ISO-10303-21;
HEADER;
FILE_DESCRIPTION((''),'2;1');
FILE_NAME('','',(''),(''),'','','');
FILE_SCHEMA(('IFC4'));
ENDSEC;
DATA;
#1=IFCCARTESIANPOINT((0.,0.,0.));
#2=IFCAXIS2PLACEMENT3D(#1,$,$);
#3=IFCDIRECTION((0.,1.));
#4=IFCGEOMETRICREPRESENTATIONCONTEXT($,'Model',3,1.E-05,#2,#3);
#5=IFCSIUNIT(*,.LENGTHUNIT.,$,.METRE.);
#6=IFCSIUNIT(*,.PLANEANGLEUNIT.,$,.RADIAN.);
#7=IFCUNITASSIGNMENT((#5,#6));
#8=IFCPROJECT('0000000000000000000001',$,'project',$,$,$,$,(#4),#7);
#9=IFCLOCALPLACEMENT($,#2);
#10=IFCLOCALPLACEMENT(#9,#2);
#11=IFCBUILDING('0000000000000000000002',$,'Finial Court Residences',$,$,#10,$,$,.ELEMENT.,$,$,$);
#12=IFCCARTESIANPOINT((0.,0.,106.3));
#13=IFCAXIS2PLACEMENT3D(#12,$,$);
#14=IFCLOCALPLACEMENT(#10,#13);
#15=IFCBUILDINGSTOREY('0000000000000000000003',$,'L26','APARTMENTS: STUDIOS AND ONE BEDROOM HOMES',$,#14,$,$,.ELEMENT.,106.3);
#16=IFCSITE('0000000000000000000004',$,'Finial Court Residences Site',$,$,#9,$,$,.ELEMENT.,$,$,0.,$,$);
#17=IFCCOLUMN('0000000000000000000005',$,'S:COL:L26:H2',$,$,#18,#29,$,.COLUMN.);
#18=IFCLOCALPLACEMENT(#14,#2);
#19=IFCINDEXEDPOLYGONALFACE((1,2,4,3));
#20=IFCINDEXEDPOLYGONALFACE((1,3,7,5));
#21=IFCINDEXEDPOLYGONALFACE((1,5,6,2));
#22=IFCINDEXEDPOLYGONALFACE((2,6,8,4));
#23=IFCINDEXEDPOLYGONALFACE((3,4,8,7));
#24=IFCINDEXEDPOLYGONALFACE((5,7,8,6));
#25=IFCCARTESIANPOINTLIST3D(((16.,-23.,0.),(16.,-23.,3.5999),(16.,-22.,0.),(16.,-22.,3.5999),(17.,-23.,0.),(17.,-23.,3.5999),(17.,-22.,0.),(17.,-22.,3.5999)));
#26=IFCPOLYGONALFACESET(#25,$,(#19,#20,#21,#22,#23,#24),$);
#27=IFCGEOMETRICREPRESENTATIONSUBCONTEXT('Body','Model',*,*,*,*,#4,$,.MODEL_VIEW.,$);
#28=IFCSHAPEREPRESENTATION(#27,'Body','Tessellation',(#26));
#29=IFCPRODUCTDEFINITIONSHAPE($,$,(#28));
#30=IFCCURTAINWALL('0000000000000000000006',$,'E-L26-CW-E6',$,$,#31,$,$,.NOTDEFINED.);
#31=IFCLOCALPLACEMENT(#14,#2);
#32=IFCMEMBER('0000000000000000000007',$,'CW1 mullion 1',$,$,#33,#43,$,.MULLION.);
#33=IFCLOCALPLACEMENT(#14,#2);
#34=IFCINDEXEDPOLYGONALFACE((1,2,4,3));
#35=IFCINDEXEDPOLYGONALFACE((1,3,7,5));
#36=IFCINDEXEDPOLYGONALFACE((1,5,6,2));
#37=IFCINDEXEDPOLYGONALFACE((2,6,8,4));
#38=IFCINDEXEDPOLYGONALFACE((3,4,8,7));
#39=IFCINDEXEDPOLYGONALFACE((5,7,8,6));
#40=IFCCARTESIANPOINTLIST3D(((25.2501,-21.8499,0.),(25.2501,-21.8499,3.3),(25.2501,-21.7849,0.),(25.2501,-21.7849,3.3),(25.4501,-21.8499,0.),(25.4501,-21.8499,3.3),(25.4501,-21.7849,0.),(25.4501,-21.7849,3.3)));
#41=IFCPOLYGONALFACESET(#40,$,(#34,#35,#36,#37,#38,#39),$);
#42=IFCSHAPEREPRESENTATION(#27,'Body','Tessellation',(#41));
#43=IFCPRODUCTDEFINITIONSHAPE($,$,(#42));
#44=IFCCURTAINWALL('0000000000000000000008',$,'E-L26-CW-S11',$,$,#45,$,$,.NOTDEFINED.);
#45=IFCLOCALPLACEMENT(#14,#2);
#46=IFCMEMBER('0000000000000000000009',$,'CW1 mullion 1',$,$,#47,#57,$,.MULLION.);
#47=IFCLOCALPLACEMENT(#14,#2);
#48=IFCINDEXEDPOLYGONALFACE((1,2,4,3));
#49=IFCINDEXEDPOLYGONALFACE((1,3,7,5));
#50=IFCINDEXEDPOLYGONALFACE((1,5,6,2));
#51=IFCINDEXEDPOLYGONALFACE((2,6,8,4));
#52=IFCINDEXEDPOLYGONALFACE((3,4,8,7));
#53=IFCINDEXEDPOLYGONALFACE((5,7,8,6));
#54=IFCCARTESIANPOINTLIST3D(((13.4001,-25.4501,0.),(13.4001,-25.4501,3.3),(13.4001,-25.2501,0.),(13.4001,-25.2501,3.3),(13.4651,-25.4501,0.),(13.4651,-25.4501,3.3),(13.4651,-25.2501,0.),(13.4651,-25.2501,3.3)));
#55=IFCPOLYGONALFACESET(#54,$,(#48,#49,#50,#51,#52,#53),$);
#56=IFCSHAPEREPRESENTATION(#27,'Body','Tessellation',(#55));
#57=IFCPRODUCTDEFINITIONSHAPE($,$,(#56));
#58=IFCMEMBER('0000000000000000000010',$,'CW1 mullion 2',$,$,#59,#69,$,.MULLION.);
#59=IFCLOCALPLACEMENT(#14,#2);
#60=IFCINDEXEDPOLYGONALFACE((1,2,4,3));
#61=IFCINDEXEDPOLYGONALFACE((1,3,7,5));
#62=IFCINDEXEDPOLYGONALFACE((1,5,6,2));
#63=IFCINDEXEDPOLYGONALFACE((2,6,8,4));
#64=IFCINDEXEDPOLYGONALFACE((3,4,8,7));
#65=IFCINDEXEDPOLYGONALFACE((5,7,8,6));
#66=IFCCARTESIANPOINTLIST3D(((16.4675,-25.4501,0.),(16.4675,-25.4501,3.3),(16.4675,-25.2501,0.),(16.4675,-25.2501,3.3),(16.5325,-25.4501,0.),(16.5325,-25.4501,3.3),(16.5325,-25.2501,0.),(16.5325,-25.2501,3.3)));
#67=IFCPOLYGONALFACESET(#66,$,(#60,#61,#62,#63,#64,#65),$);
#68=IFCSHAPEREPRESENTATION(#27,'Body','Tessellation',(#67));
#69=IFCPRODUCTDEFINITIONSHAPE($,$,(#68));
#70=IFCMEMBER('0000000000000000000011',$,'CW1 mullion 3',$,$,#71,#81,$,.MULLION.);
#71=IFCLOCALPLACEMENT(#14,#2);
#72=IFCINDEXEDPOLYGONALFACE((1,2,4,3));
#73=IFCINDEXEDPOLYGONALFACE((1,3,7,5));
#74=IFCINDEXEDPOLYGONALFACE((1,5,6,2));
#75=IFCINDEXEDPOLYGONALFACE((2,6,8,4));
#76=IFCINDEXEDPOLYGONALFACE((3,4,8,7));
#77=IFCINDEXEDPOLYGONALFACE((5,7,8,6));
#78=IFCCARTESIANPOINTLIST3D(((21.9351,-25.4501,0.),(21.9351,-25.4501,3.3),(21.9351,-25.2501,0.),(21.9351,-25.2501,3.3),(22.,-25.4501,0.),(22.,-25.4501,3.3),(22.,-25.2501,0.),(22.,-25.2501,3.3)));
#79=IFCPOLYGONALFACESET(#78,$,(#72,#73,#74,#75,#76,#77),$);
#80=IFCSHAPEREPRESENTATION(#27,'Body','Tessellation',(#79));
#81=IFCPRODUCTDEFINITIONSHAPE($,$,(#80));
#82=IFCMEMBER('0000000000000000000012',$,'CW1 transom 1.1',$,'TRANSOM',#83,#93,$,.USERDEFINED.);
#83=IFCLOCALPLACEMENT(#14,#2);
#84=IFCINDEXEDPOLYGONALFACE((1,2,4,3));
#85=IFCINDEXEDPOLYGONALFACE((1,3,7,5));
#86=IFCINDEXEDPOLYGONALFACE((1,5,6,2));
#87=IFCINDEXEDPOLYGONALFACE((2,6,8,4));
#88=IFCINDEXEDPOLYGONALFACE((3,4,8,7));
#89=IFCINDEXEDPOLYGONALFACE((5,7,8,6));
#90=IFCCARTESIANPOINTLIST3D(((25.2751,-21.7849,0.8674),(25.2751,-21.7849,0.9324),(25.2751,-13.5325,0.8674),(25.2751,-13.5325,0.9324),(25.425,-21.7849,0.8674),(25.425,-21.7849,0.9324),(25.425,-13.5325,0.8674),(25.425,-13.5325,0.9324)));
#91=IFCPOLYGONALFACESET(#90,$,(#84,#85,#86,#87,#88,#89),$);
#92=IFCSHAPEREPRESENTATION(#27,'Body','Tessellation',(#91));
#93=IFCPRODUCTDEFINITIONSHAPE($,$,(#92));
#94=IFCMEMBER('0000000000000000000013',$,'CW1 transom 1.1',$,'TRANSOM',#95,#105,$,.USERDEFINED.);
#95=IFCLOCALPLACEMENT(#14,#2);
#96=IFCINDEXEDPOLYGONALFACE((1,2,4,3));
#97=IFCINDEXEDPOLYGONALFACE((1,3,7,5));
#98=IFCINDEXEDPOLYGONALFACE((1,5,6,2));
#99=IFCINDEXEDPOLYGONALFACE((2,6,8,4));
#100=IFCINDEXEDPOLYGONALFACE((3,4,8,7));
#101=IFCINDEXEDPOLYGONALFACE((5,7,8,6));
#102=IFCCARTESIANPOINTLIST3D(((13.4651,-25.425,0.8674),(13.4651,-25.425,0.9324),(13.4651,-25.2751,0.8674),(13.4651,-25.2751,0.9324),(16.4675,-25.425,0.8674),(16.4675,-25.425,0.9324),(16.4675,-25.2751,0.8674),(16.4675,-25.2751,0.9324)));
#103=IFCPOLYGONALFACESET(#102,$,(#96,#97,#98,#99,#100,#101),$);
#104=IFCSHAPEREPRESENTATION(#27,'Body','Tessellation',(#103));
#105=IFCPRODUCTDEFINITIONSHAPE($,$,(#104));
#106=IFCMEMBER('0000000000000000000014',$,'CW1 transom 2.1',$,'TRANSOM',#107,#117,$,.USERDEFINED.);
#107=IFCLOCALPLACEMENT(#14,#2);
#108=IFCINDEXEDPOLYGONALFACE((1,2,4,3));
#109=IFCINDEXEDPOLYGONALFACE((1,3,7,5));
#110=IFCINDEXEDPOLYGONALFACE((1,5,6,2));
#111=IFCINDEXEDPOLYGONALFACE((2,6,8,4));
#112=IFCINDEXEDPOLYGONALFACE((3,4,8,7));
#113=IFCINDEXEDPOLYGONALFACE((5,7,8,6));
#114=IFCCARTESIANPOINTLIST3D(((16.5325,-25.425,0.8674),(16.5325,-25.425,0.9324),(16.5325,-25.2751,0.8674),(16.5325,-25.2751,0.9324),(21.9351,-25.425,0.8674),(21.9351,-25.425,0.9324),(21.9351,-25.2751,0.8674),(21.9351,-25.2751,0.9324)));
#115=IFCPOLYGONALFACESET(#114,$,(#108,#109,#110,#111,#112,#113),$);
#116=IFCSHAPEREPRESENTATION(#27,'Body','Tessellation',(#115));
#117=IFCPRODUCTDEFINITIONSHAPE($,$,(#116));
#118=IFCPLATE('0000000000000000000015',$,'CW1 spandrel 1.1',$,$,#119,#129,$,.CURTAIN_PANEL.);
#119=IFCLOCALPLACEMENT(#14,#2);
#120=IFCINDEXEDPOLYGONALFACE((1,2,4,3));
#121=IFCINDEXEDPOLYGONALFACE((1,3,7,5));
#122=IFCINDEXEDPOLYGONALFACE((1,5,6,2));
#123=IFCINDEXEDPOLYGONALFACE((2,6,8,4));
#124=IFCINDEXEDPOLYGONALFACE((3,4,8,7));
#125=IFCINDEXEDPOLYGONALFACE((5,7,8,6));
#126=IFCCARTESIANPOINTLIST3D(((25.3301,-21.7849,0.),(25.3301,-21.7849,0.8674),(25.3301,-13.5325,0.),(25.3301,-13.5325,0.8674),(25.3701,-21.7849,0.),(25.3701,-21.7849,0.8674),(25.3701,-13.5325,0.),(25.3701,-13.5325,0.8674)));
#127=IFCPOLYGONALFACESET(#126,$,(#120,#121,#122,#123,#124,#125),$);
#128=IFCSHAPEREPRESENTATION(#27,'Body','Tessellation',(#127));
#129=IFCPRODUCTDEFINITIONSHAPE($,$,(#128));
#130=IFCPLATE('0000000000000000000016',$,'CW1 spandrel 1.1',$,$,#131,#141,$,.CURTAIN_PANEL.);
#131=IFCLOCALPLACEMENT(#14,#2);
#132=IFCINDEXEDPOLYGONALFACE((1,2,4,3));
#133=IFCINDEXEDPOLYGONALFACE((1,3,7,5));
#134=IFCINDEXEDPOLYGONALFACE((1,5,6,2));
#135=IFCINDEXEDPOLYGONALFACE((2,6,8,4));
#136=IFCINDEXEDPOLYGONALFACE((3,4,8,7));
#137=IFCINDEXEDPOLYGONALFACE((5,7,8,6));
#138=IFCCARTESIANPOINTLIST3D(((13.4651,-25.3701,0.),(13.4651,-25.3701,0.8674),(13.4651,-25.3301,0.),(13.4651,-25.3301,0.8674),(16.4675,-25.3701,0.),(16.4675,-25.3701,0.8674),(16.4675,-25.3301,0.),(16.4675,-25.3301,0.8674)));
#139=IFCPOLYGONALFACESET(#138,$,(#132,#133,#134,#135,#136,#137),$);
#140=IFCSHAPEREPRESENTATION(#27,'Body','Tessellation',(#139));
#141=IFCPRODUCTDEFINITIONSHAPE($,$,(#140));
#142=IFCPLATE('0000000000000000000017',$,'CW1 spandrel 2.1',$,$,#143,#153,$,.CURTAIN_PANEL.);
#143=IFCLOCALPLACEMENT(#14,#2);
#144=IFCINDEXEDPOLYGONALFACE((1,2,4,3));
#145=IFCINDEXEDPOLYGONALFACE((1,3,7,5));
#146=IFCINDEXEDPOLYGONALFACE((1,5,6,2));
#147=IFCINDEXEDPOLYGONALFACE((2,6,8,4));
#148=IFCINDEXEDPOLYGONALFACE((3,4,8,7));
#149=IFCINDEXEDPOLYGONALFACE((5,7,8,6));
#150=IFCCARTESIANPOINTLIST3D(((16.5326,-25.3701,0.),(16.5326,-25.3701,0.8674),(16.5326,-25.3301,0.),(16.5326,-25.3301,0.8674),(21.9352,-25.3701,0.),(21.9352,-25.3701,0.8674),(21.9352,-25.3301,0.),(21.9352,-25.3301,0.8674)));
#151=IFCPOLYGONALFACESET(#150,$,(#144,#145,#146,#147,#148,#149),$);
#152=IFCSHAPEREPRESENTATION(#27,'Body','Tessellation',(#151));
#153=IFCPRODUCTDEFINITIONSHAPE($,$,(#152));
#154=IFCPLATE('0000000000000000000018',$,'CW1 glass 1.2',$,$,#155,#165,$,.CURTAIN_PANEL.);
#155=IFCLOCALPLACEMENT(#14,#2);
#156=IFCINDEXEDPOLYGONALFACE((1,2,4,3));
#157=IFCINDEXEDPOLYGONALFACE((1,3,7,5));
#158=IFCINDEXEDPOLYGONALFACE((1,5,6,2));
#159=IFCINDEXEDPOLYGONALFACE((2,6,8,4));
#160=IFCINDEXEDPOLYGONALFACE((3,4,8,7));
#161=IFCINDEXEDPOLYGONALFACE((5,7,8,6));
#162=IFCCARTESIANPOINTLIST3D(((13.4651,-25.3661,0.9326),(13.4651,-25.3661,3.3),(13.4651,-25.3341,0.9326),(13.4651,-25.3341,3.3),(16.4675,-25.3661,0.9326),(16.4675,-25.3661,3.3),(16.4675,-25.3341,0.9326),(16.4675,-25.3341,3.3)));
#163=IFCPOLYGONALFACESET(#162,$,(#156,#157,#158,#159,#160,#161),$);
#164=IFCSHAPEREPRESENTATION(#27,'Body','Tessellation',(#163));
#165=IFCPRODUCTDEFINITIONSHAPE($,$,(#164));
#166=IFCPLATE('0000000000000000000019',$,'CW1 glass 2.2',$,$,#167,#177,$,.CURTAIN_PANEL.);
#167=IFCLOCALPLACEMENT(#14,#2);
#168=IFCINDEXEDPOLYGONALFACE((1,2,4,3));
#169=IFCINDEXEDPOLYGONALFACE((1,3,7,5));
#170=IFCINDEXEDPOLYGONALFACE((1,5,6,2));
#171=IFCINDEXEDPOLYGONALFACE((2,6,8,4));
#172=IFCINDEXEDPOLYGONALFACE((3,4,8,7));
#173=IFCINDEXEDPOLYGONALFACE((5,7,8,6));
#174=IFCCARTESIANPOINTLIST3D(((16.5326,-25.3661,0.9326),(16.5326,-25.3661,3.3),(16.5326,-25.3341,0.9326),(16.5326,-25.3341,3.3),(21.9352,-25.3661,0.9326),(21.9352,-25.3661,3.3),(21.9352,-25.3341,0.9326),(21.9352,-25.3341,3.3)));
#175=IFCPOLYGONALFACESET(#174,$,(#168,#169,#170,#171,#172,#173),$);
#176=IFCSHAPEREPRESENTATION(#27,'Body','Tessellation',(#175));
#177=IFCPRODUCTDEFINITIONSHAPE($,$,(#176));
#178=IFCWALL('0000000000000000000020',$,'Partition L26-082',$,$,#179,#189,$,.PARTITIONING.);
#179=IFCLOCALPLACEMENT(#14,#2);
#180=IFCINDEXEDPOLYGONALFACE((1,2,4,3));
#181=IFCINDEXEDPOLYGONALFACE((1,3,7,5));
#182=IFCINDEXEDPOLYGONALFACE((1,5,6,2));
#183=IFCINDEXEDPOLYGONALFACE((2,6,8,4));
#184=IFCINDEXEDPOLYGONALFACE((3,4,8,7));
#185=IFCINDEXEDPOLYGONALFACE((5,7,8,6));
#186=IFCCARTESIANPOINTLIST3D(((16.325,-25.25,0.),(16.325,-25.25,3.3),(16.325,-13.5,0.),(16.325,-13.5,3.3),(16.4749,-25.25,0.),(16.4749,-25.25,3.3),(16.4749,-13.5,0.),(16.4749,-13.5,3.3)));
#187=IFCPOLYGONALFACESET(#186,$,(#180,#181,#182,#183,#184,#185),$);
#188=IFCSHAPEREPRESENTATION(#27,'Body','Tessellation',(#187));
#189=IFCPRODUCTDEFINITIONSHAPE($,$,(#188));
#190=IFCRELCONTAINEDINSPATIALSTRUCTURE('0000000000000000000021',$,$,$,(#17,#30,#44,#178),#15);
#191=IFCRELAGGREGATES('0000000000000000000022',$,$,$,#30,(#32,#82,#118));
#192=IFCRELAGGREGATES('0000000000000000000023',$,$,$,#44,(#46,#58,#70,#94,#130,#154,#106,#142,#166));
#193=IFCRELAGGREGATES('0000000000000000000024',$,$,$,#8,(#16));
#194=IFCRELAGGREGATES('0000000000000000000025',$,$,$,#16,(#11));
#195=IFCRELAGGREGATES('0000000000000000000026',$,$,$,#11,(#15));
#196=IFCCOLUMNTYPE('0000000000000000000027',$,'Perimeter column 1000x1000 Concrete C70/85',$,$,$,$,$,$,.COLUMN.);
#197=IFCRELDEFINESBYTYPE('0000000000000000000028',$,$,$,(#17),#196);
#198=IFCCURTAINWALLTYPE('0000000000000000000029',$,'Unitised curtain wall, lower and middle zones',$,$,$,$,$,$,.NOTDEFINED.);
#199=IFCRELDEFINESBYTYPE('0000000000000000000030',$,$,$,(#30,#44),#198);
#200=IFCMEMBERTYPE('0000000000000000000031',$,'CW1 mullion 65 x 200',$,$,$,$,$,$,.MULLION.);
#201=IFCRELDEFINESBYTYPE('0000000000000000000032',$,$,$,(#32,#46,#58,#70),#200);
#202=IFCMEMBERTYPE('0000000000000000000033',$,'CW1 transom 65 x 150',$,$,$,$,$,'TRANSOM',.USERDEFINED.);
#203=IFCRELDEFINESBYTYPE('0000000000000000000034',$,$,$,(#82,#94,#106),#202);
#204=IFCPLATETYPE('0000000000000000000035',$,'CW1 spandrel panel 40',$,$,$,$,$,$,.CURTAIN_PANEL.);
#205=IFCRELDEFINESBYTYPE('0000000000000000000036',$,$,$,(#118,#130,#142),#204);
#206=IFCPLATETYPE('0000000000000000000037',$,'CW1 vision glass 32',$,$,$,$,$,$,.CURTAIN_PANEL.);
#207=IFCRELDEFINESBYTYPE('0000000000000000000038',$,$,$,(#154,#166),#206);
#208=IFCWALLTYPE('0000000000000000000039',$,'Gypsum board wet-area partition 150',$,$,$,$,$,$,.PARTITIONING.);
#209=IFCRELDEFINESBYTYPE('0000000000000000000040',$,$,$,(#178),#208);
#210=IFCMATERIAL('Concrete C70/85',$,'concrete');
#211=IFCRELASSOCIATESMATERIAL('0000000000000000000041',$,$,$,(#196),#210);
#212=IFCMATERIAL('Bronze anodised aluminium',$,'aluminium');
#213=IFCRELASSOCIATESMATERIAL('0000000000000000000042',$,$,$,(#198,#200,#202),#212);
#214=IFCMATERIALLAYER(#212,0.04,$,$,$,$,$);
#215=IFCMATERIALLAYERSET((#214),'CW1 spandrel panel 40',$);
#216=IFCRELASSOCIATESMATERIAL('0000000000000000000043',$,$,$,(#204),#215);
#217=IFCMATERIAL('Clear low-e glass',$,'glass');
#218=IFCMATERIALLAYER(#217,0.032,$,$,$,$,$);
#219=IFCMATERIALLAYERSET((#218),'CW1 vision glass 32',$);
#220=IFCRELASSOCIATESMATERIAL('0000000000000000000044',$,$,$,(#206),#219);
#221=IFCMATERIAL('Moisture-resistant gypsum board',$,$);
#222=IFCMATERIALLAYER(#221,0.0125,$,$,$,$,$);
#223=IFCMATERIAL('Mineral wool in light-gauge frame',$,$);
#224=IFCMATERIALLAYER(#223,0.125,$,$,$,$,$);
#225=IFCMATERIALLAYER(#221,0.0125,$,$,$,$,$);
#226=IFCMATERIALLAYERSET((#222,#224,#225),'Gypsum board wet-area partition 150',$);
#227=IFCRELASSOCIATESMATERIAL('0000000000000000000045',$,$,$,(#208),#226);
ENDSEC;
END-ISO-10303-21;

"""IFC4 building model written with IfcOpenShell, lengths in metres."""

from ifc_helpers import new_model, si_unit, direction, frame, frame_2d, origin, origin_2d, place, context, subcontext, project, spatial, rectangle, extrude, material, layer, layer_set, material_profile, profile_set, type_object, element, aggregate, save


model = new_model("IFC4")

# Units and contexts
model_context = context("Model", 3, precision=1e-05, world=origin(), true_north=direction((0.0, 1.0)))
body_context = subcontext(model_context, "Body", "Model", "MODEL_VIEW")
ifc_project = project(units=[si_unit("LENGTHUNIT", "METRE"), si_unit("PLANEANGLEUNIT", "RADIAN")], contexts=[model_context])

# Site, building, storey
site_placement = place(None, origin())
site = spatial("IfcSite", under=ifc_project, at=site_placement, Name="Finial Court Residences Site", CompositionType="ELEMENT", RefElevation=0.0)
building_placement = place(site_placement, origin())
building = spatial("IfcBuilding", under=site, at=building_placement, Name="Finial Court Residences", CompositionType="ELEMENT")
storey_placement = place(building_placement, frame((0.0, 0.0, 106.3)))
storey = spatial("IfcBuildingStorey", under=building, at=storey_placement, Name="L26", Description="APARTMENTS: STUDIOS AND ONE BEDROOM HOMES", CompositionType="ELEMENT", Elevation=106.3)

# Column
ifc_material_1 = material(Name="Concrete C70/85", Category="concrete")
ifc_material_profile_1 = material_profile(ifc_material_1, rectangle(XDim=1.0, YDim=1.0, at=origin_2d()), Name="1000x1000")
ifc_profile_set_1 = profile_set([ifc_material_profile_1], Name="Concrete C70/85")
column_type = type_object("IfcColumnType", Name="Perimeter column 1000x1000 Concrete C70/85", PredefinedType="COLUMN", material=ifc_profile_set_1)
column_placement = place(storey_placement, frame((16.5, -22.5, 0.0), z_axis=(0.0, 0.0, 1.0), x_axis=(1.0, 0.0, 0.0)))
element("IfcColumn", 1, at=column_placement, inside=storey, type_object=column_type, Name="S:COL:L26:H2", PredefinedType="COLUMN", context=body_context, shape_type="SweptSolid", body=[
    extrude(rectangle(XDim=1.0, YDim=1.0, at=origin_2d()), origin(), (0.0, 0.0, 1.0), 3.5999),
])

# Curtain wall, member
ifc_material_2 = material(Name="Bronze anodised aluminium", Category="aluminium")
curtain_wall_type = type_object("IfcCurtainWallType", Name="Unitised curtain wall, lower and middle zones", PredefinedType="NOTDEFINED", material=ifc_material_2)
curtain_wall_1_placement = place(storey_placement, origin())
curtain_wall_1 = element("IfcCurtainWall", 2, at=curtain_wall_1_placement, inside=storey, type_object=curtain_wall_type, Name="E-L26-CW-E6", PredefinedType="NOTDEFINED")
ifc_material_profile_2 = material_profile(ifc_material_2, rectangle(XDim=0.2, YDim=0.0649, at=origin_2d()), Name="CW1 mullion 65 x 200")
ifc_profile_set_2 = profile_set([ifc_material_profile_2], Name="Bronze anodised aluminium")
member_type_1 = type_object("IfcMemberType", Name="CW1 mullion 65 x 200", PredefinedType="MULLION", material=ifc_profile_set_2)
member_1_placement = place(storey_placement, frame((25.3501, -21.8174, 0.0), z_axis=(0.0, 0.0, 1.0), x_axis=(-1.0, 0.0, 0.0)))
member_1 = element("IfcMember", 3, at=member_1_placement, type_object=member_type_1, Name="CW1 mullion 1", PredefinedType="MULLION", context=body_context, shape_type="SweptSolid", body=[
    extrude(rectangle(XDim=0.2, YDim=0.0649, at=origin_2d()), origin(), (0.0, 0.0, 1.0), 3.3),
])

# Curtain wall, members
curtain_wall_2_placement = place(storey_placement, origin())
curtain_wall_2 = element("IfcCurtainWall", 4, at=curtain_wall_2_placement, inside=storey, type_object=curtain_wall_type, Name="E-L26-CW-S11", PredefinedType="NOTDEFINED")
member_2_placement = place(storey_placement, frame((13.4326, -25.3501, 0.0), z_axis=(0.0, 0.0, 1.0), x_axis=(0.0, 1.0, 0.0)))
member_2 = element("IfcMember", 5, at=member_2_placement, type_object=member_type_1, Name="CW1 mullion 1", PredefinedType="MULLION", context=body_context, shape_type="SweptSolid", body=[
    extrude(rectangle(XDim=0.2, YDim=0.0649, at=origin_2d()), origin(), (0.0, 0.0, 1.0), 3.3),
])
member_3_placement = place(storey_placement, frame((16.5, -25.3501, 0.0), z_axis=(0.0, 0.0, 1.0), x_axis=(0.0, 1.0, 0.0)))
member_3 = element("IfcMember", 6, at=member_3_placement, type_object=member_type_1, Name="CW1 mullion 2", PredefinedType="MULLION", context=body_context, shape_type="SweptSolid", body=[
    extrude(rectangle(XDim=0.2, YDim=0.0649, at=origin_2d()), origin(), (0.0, 0.0, 1.0), 3.3),
])
member_4_placement = place(storey_placement, frame((21.9675, -25.3501, 0.0), z_axis=(0.0, 0.0, 1.0), x_axis=(0.0, 1.0, 0.0)))
member_4 = element("IfcMember", 7, at=member_4_placement, type_object=member_type_1, Name="CW1 mullion 3", PredefinedType="MULLION", context=body_context, shape_type="SweptSolid", body=[
    extrude(rectangle(XDim=0.2, YDim=0.0649, at=origin_2d()), origin(), (0.0, 0.0, 1.0), 3.3),
])

# Members
ifc_material_profile_3 = material_profile(ifc_material_2, rectangle(XDim=0.1499, YDim=0.0649, at=origin_2d()), Name="CW1 transom 65 x 150")
ifc_profile_set_3 = profile_set([ifc_material_profile_3], Name="Bronze anodised aluminium")
member_type_2 = type_object("IfcMemberType", Name="CW1 transom 65 x 150", ElementType="TRANSOM", PredefinedType="USERDEFINED", material=ifc_profile_set_3)
member_5_placement = place(storey_placement, frame((25.3501, -21.7849, 0.8999), z_axis=(0.0, 1.0, 0.0), x_axis=(-1.0, 0.0, 0.0)))
member_5 = element("IfcMember", 8, at=member_5_placement, type_object=member_type_2, Name="CW1 transom 1.1", ObjectType="TRANSOM", PredefinedType="USERDEFINED", context=body_context, shape_type="SweptSolid", body=[
    extrude(rectangle(XDim=0.1499, YDim=0.0649, at=origin_2d()), origin(), (0.0, 0.0, 1.0), 8.2524),
])
member_6_placement = place(storey_placement, frame((13.4651, -25.3501, 0.8999), z_axis=(1.0, 0.0, 0.0), x_axis=(0.0, 1.0, 0.0)))
member_6 = element("IfcMember", 9, at=member_6_placement, type_object=member_type_2, Name="CW1 transom 1.1", ObjectType="TRANSOM", PredefinedType="USERDEFINED", context=body_context, shape_type="SweptSolid", body=[
    extrude(rectangle(XDim=0.1499, YDim=0.0649, at=origin_2d()), origin(), (0.0, 0.0, 1.0), 3.0024),
])
member_7_placement = place(storey_placement, frame((16.5325, -25.3501, 0.8999), z_axis=(1.0, 0.0, 0.0), x_axis=(0.0, 1.0, 0.0)))
member_7 = element("IfcMember", 10, at=member_7_placement, type_object=member_type_2, Name="CW1 transom 2.1", ObjectType="TRANSOM", PredefinedType="USERDEFINED", context=body_context, shape_type="SweptSolid", body=[
    extrude(rectangle(XDim=0.1499, YDim=0.0649, at=origin_2d()), origin(), (0.0, 0.0, 1.0), 5.4026),
])

# Plates
ifc_layer_1 = layer(ifc_material_2, 0.04)
ifc_layer_set_1 = layer_set([ifc_layer_1], Name="CW1 spandrel panel 40")
plate_type_1 = type_object("IfcPlateType", Name="CW1 spandrel panel 40", PredefinedType="CURTAIN_PANEL", material=ifc_layer_set_1)
plate_1_placement = place(storey_placement, frame((25.3501, -17.6587, 0.0), z_axis=(0.0, 0.0, 1.0), x_axis=(0.0, 1.0, 0.0)))
plate_1 = element("IfcPlate", 11, at=plate_1_placement, type_object=plate_type_1, Name="CW1 spandrel 1.1", PredefinedType="CURTAIN_PANEL", context=body_context, shape_type="SweptSolid", body=[
    extrude(rectangle(XDim=8.2524, YDim=0.04, at=origin_2d()), origin(), (0.0, 0.0, 1.0), 0.8674),
])
aggregate(curtain_wall_1, [member_1, member_5, plate_1])
plate_2_placement = place(storey_placement, frame((14.9663, -25.3501, 0.0), z_axis=(0.0, 0.0, 1.0), x_axis=(1.0, 0.0, 0.0)))
plate_2 = element("IfcPlate", 12, at=plate_2_placement, type_object=plate_type_1, Name="CW1 spandrel 1.1", PredefinedType="CURTAIN_PANEL", context=body_context, shape_type="SweptSolid", body=[
    extrude(rectangle(XDim=3.0024, YDim=0.04, at=origin_2d()), origin(), (0.0, 0.0, 1.0), 0.8674),
])
plate_3_placement = place(storey_placement, frame((19.2339, -25.3501, 0.0), z_axis=(0.0, 0.0, 1.0), x_axis=(1.0, 0.0, 0.0)))
plate_3 = element("IfcPlate", 13, at=plate_3_placement, type_object=plate_type_1, Name="CW1 spandrel 2.1", PredefinedType="CURTAIN_PANEL", context=body_context, shape_type="SweptSolid", body=[
    extrude(rectangle(XDim=5.4026, YDim=0.04, at=origin_2d()), origin(), (0.0, 0.0, 1.0), 0.8674),
])
ifc_material_3 = material(Name="Clear low-e glass", Category="glass")
ifc_layer_2 = layer(ifc_material_3, 0.032)
ifc_layer_set_2 = layer_set([ifc_layer_2], Name="CW1 vision glass 32")
plate_type_2 = type_object("IfcPlateType", Name="CW1 vision glass 32", PredefinedType="CURTAIN_PANEL", material=ifc_layer_set_2)
plate_4_placement = place(storey_placement, frame((14.9663, -25.3501, 0.9326), z_axis=(0.0, 0.0, 1.0), x_axis=(1.0, 0.0, 0.0)))
plate_4 = element("IfcPlate", 14, at=plate_4_placement, type_object=plate_type_2, Name="CW1 glass 1.2", PredefinedType="CURTAIN_PANEL", context=body_context, shape_type="SweptSolid", body=[
    extrude(rectangle(XDim=3.0024, YDim=0.032, at=origin_2d()), origin(), (0.0, 0.0, 1.0), 2.3674),
])
plate_5_placement = place(storey_placement, frame((19.2339, -25.3501, 0.9326), z_axis=(0.0, 0.0, 1.0), x_axis=(1.0, 0.0, 0.0)))
plate_5 = element("IfcPlate", 15, at=plate_5_placement, type_object=plate_type_2, Name="CW1 glass 2.2", PredefinedType="CURTAIN_PANEL", context=body_context, shape_type="SweptSolid", body=[
    extrude(rectangle(XDim=5.4026, YDim=0.032, at=origin_2d()), origin(), (0.0, 0.0, 1.0), 2.3674),
])
aggregate(curtain_wall_2, [member_2, member_3, member_4, member_6, plate_2, plate_4, member_7, plate_3, plate_5])

# Wall
ifc_material_4 = material(Name="Moisture-resistant gypsum board")
ifc_layer_3 = layer(ifc_material_4, 0.0125)
ifc_material_5 = material(Name="Mineral wool in light-gauge frame")
ifc_layer_4 = layer(ifc_material_5, 0.125)
ifc_layer_5 = layer(ifc_material_4, 0.0125)
ifc_layer_set_3 = layer_set([ifc_layer_3, ifc_layer_4, ifc_layer_5], Name="Gypsum board wet-area partition 150")
wall_type_1 = type_object("IfcWallType", Name="Gypsum board wet-area partition 150", PredefinedType="PARTITIONING", material=ifc_layer_set_3)
wall_1_placement = place(storey_placement, frame((16.3999, -25.25, 0.0), z_axis=(0.0, 0.0, 1.0), x_axis=(0.0, 1.0, 0.0)))
element("IfcWall", 16, at=wall_1_placement, inside=storey, type_object=wall_type_1, Name="Partition L26-082", PredefinedType="PARTITIONING", context=body_context, shape_type="SweptSolid", body=[
    extrude(rectangle(XDim=11.75, YDim=0.1499, at=frame_2d((5.875, 0.0))), origin(), (0.0, 0.0, 1.0), 3.3),
])

save(model, "model.ifc")
